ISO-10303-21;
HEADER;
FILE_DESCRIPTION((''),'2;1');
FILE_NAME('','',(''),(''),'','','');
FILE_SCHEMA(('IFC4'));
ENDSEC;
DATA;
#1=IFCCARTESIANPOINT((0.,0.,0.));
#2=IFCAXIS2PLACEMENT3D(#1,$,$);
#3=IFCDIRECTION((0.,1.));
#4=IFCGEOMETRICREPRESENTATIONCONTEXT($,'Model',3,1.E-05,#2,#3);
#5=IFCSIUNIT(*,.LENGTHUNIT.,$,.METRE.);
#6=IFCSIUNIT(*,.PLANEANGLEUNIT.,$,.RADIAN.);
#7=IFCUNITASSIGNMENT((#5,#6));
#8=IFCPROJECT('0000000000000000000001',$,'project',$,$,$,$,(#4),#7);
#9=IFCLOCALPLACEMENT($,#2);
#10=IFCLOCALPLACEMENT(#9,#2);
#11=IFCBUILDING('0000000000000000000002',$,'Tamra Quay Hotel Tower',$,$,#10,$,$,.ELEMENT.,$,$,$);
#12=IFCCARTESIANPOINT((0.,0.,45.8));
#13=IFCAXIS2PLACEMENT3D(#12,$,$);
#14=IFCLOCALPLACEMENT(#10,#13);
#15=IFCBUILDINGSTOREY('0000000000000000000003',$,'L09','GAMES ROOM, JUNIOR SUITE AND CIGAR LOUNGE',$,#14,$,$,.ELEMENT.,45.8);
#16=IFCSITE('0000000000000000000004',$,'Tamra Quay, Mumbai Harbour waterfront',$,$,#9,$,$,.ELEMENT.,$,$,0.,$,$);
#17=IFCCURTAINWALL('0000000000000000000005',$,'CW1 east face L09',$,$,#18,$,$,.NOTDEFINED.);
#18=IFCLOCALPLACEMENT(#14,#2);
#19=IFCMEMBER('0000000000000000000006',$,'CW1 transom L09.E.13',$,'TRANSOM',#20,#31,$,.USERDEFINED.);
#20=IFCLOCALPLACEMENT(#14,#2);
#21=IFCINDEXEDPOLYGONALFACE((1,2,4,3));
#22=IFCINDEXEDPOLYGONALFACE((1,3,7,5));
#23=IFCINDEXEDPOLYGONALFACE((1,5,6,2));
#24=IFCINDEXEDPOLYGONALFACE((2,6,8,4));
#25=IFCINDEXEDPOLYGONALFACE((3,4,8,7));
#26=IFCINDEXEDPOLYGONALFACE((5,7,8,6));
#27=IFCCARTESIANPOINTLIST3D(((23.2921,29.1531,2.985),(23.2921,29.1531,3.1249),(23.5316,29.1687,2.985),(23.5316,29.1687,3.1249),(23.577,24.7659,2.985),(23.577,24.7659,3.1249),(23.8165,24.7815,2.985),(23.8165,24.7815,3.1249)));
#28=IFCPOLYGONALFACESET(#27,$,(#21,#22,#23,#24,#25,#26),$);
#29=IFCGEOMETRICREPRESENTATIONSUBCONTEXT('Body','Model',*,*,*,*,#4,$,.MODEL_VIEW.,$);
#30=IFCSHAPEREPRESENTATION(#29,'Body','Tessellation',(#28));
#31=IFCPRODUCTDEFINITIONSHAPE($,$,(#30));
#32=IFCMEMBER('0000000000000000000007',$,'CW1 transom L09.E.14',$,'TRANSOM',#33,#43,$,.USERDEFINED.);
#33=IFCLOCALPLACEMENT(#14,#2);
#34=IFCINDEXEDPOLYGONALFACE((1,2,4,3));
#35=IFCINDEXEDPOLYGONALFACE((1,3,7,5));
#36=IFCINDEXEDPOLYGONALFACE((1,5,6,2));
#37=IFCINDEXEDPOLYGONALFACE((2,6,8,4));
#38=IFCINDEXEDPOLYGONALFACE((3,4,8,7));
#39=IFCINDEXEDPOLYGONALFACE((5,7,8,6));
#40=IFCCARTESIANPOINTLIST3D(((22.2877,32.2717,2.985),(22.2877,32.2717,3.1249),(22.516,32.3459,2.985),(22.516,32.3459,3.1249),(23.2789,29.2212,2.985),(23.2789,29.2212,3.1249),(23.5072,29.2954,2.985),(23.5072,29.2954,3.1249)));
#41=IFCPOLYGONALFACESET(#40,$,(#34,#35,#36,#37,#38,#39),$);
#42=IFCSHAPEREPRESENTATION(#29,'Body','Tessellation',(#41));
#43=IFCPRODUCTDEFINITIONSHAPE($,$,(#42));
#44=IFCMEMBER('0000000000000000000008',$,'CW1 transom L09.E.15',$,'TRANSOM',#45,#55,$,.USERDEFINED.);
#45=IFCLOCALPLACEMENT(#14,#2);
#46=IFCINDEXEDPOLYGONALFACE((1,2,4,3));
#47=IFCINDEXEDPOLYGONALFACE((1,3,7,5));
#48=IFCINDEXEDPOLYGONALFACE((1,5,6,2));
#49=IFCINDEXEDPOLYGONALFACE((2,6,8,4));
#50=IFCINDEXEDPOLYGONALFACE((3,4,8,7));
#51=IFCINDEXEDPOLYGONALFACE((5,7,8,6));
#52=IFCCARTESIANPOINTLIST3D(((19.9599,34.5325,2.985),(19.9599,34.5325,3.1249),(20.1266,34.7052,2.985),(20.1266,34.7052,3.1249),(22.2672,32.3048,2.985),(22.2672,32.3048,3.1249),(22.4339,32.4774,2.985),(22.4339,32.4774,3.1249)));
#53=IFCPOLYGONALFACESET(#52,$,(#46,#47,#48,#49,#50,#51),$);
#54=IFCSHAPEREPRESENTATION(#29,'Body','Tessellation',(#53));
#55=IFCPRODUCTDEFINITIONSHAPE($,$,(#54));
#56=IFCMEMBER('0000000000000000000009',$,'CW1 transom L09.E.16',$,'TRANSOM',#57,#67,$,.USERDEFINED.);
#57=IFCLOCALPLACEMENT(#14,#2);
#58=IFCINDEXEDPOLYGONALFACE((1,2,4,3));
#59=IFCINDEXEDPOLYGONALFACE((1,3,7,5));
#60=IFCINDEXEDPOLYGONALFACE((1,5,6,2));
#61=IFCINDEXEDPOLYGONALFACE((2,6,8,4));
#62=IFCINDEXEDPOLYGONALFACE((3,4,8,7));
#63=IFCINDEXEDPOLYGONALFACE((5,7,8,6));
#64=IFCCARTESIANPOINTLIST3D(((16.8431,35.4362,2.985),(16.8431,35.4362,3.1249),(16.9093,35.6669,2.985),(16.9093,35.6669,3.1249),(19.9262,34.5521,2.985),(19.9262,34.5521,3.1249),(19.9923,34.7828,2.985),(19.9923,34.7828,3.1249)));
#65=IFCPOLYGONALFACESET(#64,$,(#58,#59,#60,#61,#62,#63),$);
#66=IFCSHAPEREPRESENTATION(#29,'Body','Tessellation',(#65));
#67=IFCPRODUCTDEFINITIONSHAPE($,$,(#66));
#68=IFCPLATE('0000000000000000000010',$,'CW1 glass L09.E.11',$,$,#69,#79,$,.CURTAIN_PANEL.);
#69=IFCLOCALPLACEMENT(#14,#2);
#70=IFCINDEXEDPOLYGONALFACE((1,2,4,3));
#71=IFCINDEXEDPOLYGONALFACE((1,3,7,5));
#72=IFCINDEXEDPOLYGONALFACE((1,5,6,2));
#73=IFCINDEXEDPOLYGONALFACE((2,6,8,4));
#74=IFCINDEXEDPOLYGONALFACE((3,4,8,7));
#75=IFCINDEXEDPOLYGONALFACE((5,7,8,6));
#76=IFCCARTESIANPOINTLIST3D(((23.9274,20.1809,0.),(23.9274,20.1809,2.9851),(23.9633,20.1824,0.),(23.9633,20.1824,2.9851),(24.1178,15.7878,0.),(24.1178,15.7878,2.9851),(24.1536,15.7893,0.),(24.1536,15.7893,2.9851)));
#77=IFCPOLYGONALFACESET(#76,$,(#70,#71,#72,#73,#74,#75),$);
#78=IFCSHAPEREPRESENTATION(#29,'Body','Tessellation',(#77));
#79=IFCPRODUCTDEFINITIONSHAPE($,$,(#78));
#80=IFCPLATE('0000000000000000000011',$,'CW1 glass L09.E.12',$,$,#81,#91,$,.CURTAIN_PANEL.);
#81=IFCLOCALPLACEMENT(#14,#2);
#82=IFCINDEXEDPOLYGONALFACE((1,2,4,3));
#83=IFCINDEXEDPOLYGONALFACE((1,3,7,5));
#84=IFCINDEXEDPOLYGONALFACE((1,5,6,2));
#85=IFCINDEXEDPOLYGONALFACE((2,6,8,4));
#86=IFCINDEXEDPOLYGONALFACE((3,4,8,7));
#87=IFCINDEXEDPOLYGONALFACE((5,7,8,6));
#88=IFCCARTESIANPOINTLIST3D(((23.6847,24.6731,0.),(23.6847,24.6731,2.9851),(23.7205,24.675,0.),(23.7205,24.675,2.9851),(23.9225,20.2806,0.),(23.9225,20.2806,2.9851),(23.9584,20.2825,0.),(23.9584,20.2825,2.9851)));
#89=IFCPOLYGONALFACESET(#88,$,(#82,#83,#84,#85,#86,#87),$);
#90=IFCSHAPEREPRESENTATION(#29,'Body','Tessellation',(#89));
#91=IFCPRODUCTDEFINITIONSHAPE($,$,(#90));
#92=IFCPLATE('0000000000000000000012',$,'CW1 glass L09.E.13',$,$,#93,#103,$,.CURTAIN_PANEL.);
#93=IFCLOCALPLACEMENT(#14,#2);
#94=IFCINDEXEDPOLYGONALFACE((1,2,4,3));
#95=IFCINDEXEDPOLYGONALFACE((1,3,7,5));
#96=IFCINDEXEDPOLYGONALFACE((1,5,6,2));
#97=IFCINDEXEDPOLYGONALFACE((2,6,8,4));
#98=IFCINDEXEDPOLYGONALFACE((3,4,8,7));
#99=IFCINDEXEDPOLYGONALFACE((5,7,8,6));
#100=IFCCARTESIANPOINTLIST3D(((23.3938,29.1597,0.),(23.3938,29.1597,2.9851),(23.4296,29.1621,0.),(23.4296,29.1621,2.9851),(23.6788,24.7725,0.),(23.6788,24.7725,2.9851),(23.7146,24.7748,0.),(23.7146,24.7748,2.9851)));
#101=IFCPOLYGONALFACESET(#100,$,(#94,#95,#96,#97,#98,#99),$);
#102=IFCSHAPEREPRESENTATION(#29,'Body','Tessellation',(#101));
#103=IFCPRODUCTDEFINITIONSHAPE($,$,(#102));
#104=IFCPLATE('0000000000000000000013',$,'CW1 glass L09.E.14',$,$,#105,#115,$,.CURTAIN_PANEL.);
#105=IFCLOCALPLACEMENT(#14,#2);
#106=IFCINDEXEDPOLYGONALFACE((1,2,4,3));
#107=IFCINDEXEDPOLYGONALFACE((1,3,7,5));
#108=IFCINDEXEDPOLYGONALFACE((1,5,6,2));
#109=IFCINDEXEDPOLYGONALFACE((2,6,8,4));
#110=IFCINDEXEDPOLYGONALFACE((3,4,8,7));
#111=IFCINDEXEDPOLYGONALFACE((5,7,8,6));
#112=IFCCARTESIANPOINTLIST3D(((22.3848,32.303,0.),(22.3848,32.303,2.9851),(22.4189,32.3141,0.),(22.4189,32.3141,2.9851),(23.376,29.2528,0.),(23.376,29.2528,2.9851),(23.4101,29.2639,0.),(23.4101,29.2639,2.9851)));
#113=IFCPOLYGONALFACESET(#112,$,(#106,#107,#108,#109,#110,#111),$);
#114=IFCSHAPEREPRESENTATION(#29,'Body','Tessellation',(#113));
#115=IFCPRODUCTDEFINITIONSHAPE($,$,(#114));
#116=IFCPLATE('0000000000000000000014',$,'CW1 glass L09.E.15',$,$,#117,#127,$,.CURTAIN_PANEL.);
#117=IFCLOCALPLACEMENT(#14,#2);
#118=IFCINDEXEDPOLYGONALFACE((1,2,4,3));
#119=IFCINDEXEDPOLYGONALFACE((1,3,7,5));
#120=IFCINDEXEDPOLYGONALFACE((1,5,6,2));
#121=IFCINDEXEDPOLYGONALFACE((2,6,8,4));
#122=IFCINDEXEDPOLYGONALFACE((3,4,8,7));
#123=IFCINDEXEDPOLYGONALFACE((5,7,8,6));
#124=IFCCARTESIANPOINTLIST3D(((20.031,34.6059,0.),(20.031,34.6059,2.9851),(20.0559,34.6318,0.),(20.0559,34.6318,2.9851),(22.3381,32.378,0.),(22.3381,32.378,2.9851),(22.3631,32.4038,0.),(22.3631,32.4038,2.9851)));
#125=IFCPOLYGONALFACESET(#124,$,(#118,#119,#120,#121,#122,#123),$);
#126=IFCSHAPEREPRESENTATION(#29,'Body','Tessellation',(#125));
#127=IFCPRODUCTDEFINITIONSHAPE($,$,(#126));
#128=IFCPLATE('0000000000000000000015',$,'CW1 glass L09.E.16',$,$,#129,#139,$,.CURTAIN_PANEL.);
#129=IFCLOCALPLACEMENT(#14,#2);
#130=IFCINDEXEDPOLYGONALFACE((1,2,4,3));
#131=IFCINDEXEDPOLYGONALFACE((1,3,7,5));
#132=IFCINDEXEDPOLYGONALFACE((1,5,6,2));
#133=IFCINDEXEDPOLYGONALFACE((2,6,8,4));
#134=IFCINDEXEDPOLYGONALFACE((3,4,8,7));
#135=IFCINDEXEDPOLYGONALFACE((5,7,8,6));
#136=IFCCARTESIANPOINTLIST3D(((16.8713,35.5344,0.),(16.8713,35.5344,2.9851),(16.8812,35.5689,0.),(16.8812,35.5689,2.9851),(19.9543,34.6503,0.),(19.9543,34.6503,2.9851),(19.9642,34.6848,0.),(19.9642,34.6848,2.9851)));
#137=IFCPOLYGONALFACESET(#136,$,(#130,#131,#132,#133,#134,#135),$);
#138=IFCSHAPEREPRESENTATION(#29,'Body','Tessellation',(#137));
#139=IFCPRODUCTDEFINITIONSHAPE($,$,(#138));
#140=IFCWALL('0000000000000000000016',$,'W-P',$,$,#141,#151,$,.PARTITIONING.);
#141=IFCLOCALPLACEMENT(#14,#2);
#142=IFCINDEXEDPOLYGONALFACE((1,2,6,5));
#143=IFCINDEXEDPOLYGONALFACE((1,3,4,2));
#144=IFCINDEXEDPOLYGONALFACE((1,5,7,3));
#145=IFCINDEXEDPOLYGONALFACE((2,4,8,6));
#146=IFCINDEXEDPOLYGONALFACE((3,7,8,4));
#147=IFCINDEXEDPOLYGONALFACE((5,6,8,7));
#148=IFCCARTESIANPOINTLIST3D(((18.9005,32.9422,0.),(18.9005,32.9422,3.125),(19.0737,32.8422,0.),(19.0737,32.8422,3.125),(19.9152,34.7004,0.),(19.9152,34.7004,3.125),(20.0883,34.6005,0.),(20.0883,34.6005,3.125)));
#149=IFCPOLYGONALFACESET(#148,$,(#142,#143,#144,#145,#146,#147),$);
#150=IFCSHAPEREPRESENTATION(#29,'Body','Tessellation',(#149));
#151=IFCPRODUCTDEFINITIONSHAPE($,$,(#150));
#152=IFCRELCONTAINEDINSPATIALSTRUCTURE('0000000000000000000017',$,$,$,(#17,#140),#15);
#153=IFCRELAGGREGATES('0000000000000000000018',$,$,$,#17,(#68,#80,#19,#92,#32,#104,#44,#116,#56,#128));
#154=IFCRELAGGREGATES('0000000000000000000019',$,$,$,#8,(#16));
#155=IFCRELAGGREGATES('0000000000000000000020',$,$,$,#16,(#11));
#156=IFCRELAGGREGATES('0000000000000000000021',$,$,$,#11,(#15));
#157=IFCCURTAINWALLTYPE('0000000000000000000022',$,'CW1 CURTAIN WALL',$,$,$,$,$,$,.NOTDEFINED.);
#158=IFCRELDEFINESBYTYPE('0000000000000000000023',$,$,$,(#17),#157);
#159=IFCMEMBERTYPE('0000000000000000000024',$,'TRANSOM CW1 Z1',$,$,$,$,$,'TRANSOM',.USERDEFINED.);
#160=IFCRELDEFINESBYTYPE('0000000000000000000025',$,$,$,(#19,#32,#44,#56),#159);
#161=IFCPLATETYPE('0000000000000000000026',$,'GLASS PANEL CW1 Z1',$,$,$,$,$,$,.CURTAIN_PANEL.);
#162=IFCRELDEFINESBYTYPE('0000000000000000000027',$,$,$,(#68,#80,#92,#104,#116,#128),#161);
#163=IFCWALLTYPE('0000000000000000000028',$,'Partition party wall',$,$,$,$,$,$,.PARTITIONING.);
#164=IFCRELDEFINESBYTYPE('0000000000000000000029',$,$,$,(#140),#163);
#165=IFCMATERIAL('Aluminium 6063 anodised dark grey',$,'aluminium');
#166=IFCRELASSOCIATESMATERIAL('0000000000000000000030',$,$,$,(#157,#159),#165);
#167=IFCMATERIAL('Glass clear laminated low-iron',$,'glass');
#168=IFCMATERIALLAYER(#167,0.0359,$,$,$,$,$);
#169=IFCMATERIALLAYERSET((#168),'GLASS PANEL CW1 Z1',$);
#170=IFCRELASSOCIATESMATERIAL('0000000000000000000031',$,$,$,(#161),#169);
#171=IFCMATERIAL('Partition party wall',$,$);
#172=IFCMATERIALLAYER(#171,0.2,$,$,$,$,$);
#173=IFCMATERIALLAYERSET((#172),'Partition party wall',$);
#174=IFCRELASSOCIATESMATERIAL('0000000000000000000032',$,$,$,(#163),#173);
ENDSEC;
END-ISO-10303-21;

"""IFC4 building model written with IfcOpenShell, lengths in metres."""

from ifc_helpers import new_model, si_unit, direction, frame, frame_2d, origin, origin_2d, place, context, subcontext, project, spatial, rectangle, extrude, material, layer, layer_set, material_profile, profile_set, type_object, element, aggregate, save


model = new_model("IFC4")

# Units and contexts
model_context = context("Model", 3, precision=1e-05, world=origin(), true_north=direction((0.0, 1.0)))
body_context = subcontext(model_context, "Body", "Model", "MODEL_VIEW")
ifc_project = project(units=[si_unit("LENGTHUNIT", "METRE"), si_unit("PLANEANGLEUNIT", "RADIAN")], contexts=[model_context])

# Site, building, storey
site_placement = place(None, origin())
site = spatial("IfcSite", under=ifc_project, at=site_placement, Name="Tamra Quay, Mumbai Harbour waterfront", CompositionType="ELEMENT", RefElevation=0.0)
building_placement = place(site_placement, origin())
building = spatial("IfcBuilding", under=site, at=building_placement, Name="Tamra Quay Hotel Tower", CompositionType="ELEMENT")
storey_placement = place(building_placement, frame((0.0, 0.0, 45.8)))
storey = spatial("IfcBuildingStorey", under=building, at=storey_placement, Name="L09", Description="GAMES ROOM, JUNIOR SUITE AND CIGAR LOUNGE", CompositionType="ELEMENT", Elevation=45.8)

# Curtain wall
ifc_material_1 = material(Name="Aluminium 6063 anodised dark grey", Category="aluminium")
curtain_wall_type = type_object("IfcCurtainWallType", Name="CW1 CURTAIN WALL", PredefinedType="NOTDEFINED", material=ifc_material_1)
curtain_wall_placement = place(storey_placement, origin())
curtain_wall = element("IfcCurtainWall", 1, at=curtain_wall_placement, inside=storey, type_object=curtain_wall_type, Name="CW1 east face L09", PredefinedType="NOTDEFINED")

# Members
ifc_material_profile_1 = material_profile(ifc_material_1, rectangle(XDim=0.24, YDim=0.1399, at=origin_2d()), Name="TRANSOM 240X140")
ifc_profile_set_1 = profile_set([ifc_material_profile_1], Name="Aluminium 6063 anodised dark grey")
member_type_1 = type_object("IfcMemberType", Name="TRANSOM CW1 Z1", ElementType="TRANSOM", PredefinedType="USERDEFINED", material=ifc_profile_set_1)
member_1_placement = place(storey_placement, frame((23.6968, 24.7737, 3.0549), z_axis=(-0.064805, 0.997898, 0.0), x_axis=(-0.997898, -0.064805, 0.0)))
member_1 = element("IfcMember", 2, at=member_1_placement, type_object=member_type_1, Name="CW1 transom L09.E.13", ObjectType="TRANSOM", PredefinedType="USERDEFINED", context=body_context, shape_type="SweptSolid", body=[
    extrude(rectangle(XDim=0.24, YDim=0.1399, at=origin_2d()), origin(), (0.0, 0.0, 1.0), 4.3965),
])
member_2_placement = place(storey_placement, frame((23.3931, 29.2583, 3.0549), z_axis=(-0.309026, 0.951054, 0.0), x_axis=(-0.951054, -0.309026, 0.0)))
member_2 = element("IfcMember", 3, at=member_2_placement, type_object=member_type_1, Name="CW1 transom L09.E.14", ObjectType="TRANSOM", PredefinedType="USERDEFINED", context=body_context, shape_type="SweptSolid", body=[
    extrude(rectangle(XDim=0.24, YDim=0.1399, at=origin_2d()), origin(), (0.0, 0.0, 1.0), 3.2075),
])
member_3_placement = place(storey_placement, frame((22.3506, 32.3911, 3.0549), z_axis=(-0.719405, 0.69459, 0.0), x_axis=(-0.69459, -0.719405, 0.0)))
member_3 = element("IfcMember", 4, at=member_3_placement, type_object=member_type_1, Name="CW1 transom L09.E.15", ObjectType="TRANSOM", PredefinedType="USERDEFINED", context=body_context, shape_type="SweptSolid", body=[
    extrude(rectangle(XDim=0.24, YDim=0.1399, at=origin_2d()), origin(), (0.0, 0.0, 1.0), 3.2073),
])
member_4_placement = place(storey_placement, frame((19.9592, 34.6675, 3.0549), z_axis=(-0.961262, 0.275636, 0.0), x_axis=(-0.275636, -0.961262, 0.0)))
member_4 = element("IfcMember", 5, at=member_4_placement, type_object=member_type_1, Name="CW1 transom L09.E.16", ObjectType="TRANSOM", PredefinedType="USERDEFINED", context=body_context, shape_type="SweptSolid", body=[
    extrude(rectangle(XDim=0.24, YDim=0.1399, at=origin_2d()), origin(), (0.0, 0.0, 1.0), 3.2073),
])

# Plates
ifc_material_2 = material(Name="Glass clear laminated low-iron", Category="glass")
ifc_layer_1 = layer(ifc_material_2, 0.0359)
ifc_layer_set_1 = layer_set([ifc_layer_1], Name="GLASS PANEL CW1 Z1")
plate_type = type_object("IfcPlateType", Name="GLASS PANEL CW1 Z1", PredefinedType="CURTAIN_PANEL", material=ifc_layer_set_1)
plate_1_placement = place(storey_placement, frame((24.0405, 17.9851, 0.0), z_axis=(0.0, 0.0, 1.0), x_axis=(-0.043285, 0.999063, 0.0)))
plate_1 = element("IfcPlate", 6, at=plate_1_placement, type_object=plate_type, Name="CW1 glass L09.E.11", PredefinedType="CURTAIN_PANEL", context=body_context, shape_type="SweptSolid", body=[
    extrude(rectangle(XDim=4.3972, YDim=0.0359, at=origin_2d()), origin(), (0.0, 0.0, 1.0), 2.9851),
])
plate_2_placement = place(storey_placement, frame((23.8215, 22.4778, 0.0), z_axis=(0.0, 0.0, 1.0), x_axis=(-0.054062, 0.998538, 0.0)))
plate_2 = element("IfcPlate", 7, at=plate_2_placement, type_object=plate_type, Name="CW1 glass L09.E.12", PredefinedType="CURTAIN_PANEL", context=body_context, shape_type="SweptSolid", body=[
    extrude(rectangle(XDim=4.3989, YDim=0.0359, at=origin_2d()), origin(), (0.0, 0.0, 1.0), 2.9851),
])
plate_3_placement = place(storey_placement, frame((23.5542, 26.9673, 0.0), z_axis=(0.0, 0.0, 1.0), x_axis=(-0.064813, 0.997897, 0.0)))
plate_3 = element("IfcPlate", 8, at=plate_3_placement, type_object=plate_type, Name="CW1 glass L09.E.13", PredefinedType="CURTAIN_PANEL", context=body_context, shape_type="SweptSolid", body=[
    extrude(rectangle(XDim=4.3965, YDim=0.0359, at=origin_2d()), origin(), (0.0, 0.0, 1.0), 2.9851),
])
plate_4_placement = place(storey_placement, frame((22.8975, 30.7834, 0.0), z_axis=(0.0, 0.0, 1.0), x_axis=(-0.309041, 0.951049, 0.0)))
plate_4 = element("IfcPlate", 9, at=plate_4_placement, type_object=plate_type, Name="CW1 glass L09.E.14", PredefinedType="CURTAIN_PANEL", context=body_context, shape_type="SweptSolid", body=[
    extrude(rectangle(XDim=3.2073, YDim=0.0359, at=origin_2d()), origin(), (0.0, 0.0, 1.0), 2.9851),
])
plate_5_placement = place(storey_placement, frame((21.197, 33.5049, 0.0), z_axis=(0.0, 0.0, 1.0), x_axis=(-0.719346, 0.694652, 0.0)))
plate_5 = element("IfcPlate", 10, at=plate_5_placement, type_object=plate_type, Name="CW1 glass L09.E.15", PredefinedType="CURTAIN_PANEL", context=body_context, shape_type="SweptSolid", body=[
    extrude(rectangle(XDim=3.2073, YDim=0.0359, at=origin_2d()), origin(), (0.0, 0.0, 1.0), 2.9851),
])
plate_6_placement = place(storey_placement, frame((18.4177, 35.1096, 0.0), z_axis=(0.0, 0.0, 1.0), x_axis=(-0.961259, 0.275645, 0.0)))
plate_6 = element("IfcPlate", 11, at=plate_6_placement, type_object=plate_type, Name="CW1 glass L09.E.16", PredefinedType="CURTAIN_PANEL", context=body_context, shape_type="SweptSolid", body=[
    extrude(rectangle(XDim=3.2073, YDim=0.0359, at=origin_2d()), origin(), (0.0, 0.0, 1.0), 2.9851),
])
aggregate(curtain_wall, [plate_1, plate_2, member_1, plate_3, member_2, plate_4, member_3, plate_5, member_4, plate_6])

# Wall
ifc_material_3 = material(Name="Partition party wall")
ifc_layer_2 = layer(ifc_material_3, 0.2)
ifc_layer_set_2 = layer_set([ifc_layer_2], Name="Partition party wall")
wall_type = type_object("IfcWallType", Name="Partition party wall", PredefinedType="PARTITIONING", material=ifc_layer_set_2)
wall_placement = place(storey_placement, frame((18.9871, 32.8921, 0.0), z_axis=(0.0, 0.0, 1.0), x_axis=(0.499813, 0.866134, 0.0)))
element("IfcWall", 12, at=wall_placement, inside=storey, type_object=wall_type, Name="W-P", PredefinedType="PARTITIONING", context=body_context, shape_type="SweptSolid", body=[
    extrude(rectangle(XDim=2.03, YDim=0.2, at=frame_2d((1.0151, 0.0))), origin(), (0.0, 0.0, 1.0), 3.125),
])

save(model, "model.ifc")
